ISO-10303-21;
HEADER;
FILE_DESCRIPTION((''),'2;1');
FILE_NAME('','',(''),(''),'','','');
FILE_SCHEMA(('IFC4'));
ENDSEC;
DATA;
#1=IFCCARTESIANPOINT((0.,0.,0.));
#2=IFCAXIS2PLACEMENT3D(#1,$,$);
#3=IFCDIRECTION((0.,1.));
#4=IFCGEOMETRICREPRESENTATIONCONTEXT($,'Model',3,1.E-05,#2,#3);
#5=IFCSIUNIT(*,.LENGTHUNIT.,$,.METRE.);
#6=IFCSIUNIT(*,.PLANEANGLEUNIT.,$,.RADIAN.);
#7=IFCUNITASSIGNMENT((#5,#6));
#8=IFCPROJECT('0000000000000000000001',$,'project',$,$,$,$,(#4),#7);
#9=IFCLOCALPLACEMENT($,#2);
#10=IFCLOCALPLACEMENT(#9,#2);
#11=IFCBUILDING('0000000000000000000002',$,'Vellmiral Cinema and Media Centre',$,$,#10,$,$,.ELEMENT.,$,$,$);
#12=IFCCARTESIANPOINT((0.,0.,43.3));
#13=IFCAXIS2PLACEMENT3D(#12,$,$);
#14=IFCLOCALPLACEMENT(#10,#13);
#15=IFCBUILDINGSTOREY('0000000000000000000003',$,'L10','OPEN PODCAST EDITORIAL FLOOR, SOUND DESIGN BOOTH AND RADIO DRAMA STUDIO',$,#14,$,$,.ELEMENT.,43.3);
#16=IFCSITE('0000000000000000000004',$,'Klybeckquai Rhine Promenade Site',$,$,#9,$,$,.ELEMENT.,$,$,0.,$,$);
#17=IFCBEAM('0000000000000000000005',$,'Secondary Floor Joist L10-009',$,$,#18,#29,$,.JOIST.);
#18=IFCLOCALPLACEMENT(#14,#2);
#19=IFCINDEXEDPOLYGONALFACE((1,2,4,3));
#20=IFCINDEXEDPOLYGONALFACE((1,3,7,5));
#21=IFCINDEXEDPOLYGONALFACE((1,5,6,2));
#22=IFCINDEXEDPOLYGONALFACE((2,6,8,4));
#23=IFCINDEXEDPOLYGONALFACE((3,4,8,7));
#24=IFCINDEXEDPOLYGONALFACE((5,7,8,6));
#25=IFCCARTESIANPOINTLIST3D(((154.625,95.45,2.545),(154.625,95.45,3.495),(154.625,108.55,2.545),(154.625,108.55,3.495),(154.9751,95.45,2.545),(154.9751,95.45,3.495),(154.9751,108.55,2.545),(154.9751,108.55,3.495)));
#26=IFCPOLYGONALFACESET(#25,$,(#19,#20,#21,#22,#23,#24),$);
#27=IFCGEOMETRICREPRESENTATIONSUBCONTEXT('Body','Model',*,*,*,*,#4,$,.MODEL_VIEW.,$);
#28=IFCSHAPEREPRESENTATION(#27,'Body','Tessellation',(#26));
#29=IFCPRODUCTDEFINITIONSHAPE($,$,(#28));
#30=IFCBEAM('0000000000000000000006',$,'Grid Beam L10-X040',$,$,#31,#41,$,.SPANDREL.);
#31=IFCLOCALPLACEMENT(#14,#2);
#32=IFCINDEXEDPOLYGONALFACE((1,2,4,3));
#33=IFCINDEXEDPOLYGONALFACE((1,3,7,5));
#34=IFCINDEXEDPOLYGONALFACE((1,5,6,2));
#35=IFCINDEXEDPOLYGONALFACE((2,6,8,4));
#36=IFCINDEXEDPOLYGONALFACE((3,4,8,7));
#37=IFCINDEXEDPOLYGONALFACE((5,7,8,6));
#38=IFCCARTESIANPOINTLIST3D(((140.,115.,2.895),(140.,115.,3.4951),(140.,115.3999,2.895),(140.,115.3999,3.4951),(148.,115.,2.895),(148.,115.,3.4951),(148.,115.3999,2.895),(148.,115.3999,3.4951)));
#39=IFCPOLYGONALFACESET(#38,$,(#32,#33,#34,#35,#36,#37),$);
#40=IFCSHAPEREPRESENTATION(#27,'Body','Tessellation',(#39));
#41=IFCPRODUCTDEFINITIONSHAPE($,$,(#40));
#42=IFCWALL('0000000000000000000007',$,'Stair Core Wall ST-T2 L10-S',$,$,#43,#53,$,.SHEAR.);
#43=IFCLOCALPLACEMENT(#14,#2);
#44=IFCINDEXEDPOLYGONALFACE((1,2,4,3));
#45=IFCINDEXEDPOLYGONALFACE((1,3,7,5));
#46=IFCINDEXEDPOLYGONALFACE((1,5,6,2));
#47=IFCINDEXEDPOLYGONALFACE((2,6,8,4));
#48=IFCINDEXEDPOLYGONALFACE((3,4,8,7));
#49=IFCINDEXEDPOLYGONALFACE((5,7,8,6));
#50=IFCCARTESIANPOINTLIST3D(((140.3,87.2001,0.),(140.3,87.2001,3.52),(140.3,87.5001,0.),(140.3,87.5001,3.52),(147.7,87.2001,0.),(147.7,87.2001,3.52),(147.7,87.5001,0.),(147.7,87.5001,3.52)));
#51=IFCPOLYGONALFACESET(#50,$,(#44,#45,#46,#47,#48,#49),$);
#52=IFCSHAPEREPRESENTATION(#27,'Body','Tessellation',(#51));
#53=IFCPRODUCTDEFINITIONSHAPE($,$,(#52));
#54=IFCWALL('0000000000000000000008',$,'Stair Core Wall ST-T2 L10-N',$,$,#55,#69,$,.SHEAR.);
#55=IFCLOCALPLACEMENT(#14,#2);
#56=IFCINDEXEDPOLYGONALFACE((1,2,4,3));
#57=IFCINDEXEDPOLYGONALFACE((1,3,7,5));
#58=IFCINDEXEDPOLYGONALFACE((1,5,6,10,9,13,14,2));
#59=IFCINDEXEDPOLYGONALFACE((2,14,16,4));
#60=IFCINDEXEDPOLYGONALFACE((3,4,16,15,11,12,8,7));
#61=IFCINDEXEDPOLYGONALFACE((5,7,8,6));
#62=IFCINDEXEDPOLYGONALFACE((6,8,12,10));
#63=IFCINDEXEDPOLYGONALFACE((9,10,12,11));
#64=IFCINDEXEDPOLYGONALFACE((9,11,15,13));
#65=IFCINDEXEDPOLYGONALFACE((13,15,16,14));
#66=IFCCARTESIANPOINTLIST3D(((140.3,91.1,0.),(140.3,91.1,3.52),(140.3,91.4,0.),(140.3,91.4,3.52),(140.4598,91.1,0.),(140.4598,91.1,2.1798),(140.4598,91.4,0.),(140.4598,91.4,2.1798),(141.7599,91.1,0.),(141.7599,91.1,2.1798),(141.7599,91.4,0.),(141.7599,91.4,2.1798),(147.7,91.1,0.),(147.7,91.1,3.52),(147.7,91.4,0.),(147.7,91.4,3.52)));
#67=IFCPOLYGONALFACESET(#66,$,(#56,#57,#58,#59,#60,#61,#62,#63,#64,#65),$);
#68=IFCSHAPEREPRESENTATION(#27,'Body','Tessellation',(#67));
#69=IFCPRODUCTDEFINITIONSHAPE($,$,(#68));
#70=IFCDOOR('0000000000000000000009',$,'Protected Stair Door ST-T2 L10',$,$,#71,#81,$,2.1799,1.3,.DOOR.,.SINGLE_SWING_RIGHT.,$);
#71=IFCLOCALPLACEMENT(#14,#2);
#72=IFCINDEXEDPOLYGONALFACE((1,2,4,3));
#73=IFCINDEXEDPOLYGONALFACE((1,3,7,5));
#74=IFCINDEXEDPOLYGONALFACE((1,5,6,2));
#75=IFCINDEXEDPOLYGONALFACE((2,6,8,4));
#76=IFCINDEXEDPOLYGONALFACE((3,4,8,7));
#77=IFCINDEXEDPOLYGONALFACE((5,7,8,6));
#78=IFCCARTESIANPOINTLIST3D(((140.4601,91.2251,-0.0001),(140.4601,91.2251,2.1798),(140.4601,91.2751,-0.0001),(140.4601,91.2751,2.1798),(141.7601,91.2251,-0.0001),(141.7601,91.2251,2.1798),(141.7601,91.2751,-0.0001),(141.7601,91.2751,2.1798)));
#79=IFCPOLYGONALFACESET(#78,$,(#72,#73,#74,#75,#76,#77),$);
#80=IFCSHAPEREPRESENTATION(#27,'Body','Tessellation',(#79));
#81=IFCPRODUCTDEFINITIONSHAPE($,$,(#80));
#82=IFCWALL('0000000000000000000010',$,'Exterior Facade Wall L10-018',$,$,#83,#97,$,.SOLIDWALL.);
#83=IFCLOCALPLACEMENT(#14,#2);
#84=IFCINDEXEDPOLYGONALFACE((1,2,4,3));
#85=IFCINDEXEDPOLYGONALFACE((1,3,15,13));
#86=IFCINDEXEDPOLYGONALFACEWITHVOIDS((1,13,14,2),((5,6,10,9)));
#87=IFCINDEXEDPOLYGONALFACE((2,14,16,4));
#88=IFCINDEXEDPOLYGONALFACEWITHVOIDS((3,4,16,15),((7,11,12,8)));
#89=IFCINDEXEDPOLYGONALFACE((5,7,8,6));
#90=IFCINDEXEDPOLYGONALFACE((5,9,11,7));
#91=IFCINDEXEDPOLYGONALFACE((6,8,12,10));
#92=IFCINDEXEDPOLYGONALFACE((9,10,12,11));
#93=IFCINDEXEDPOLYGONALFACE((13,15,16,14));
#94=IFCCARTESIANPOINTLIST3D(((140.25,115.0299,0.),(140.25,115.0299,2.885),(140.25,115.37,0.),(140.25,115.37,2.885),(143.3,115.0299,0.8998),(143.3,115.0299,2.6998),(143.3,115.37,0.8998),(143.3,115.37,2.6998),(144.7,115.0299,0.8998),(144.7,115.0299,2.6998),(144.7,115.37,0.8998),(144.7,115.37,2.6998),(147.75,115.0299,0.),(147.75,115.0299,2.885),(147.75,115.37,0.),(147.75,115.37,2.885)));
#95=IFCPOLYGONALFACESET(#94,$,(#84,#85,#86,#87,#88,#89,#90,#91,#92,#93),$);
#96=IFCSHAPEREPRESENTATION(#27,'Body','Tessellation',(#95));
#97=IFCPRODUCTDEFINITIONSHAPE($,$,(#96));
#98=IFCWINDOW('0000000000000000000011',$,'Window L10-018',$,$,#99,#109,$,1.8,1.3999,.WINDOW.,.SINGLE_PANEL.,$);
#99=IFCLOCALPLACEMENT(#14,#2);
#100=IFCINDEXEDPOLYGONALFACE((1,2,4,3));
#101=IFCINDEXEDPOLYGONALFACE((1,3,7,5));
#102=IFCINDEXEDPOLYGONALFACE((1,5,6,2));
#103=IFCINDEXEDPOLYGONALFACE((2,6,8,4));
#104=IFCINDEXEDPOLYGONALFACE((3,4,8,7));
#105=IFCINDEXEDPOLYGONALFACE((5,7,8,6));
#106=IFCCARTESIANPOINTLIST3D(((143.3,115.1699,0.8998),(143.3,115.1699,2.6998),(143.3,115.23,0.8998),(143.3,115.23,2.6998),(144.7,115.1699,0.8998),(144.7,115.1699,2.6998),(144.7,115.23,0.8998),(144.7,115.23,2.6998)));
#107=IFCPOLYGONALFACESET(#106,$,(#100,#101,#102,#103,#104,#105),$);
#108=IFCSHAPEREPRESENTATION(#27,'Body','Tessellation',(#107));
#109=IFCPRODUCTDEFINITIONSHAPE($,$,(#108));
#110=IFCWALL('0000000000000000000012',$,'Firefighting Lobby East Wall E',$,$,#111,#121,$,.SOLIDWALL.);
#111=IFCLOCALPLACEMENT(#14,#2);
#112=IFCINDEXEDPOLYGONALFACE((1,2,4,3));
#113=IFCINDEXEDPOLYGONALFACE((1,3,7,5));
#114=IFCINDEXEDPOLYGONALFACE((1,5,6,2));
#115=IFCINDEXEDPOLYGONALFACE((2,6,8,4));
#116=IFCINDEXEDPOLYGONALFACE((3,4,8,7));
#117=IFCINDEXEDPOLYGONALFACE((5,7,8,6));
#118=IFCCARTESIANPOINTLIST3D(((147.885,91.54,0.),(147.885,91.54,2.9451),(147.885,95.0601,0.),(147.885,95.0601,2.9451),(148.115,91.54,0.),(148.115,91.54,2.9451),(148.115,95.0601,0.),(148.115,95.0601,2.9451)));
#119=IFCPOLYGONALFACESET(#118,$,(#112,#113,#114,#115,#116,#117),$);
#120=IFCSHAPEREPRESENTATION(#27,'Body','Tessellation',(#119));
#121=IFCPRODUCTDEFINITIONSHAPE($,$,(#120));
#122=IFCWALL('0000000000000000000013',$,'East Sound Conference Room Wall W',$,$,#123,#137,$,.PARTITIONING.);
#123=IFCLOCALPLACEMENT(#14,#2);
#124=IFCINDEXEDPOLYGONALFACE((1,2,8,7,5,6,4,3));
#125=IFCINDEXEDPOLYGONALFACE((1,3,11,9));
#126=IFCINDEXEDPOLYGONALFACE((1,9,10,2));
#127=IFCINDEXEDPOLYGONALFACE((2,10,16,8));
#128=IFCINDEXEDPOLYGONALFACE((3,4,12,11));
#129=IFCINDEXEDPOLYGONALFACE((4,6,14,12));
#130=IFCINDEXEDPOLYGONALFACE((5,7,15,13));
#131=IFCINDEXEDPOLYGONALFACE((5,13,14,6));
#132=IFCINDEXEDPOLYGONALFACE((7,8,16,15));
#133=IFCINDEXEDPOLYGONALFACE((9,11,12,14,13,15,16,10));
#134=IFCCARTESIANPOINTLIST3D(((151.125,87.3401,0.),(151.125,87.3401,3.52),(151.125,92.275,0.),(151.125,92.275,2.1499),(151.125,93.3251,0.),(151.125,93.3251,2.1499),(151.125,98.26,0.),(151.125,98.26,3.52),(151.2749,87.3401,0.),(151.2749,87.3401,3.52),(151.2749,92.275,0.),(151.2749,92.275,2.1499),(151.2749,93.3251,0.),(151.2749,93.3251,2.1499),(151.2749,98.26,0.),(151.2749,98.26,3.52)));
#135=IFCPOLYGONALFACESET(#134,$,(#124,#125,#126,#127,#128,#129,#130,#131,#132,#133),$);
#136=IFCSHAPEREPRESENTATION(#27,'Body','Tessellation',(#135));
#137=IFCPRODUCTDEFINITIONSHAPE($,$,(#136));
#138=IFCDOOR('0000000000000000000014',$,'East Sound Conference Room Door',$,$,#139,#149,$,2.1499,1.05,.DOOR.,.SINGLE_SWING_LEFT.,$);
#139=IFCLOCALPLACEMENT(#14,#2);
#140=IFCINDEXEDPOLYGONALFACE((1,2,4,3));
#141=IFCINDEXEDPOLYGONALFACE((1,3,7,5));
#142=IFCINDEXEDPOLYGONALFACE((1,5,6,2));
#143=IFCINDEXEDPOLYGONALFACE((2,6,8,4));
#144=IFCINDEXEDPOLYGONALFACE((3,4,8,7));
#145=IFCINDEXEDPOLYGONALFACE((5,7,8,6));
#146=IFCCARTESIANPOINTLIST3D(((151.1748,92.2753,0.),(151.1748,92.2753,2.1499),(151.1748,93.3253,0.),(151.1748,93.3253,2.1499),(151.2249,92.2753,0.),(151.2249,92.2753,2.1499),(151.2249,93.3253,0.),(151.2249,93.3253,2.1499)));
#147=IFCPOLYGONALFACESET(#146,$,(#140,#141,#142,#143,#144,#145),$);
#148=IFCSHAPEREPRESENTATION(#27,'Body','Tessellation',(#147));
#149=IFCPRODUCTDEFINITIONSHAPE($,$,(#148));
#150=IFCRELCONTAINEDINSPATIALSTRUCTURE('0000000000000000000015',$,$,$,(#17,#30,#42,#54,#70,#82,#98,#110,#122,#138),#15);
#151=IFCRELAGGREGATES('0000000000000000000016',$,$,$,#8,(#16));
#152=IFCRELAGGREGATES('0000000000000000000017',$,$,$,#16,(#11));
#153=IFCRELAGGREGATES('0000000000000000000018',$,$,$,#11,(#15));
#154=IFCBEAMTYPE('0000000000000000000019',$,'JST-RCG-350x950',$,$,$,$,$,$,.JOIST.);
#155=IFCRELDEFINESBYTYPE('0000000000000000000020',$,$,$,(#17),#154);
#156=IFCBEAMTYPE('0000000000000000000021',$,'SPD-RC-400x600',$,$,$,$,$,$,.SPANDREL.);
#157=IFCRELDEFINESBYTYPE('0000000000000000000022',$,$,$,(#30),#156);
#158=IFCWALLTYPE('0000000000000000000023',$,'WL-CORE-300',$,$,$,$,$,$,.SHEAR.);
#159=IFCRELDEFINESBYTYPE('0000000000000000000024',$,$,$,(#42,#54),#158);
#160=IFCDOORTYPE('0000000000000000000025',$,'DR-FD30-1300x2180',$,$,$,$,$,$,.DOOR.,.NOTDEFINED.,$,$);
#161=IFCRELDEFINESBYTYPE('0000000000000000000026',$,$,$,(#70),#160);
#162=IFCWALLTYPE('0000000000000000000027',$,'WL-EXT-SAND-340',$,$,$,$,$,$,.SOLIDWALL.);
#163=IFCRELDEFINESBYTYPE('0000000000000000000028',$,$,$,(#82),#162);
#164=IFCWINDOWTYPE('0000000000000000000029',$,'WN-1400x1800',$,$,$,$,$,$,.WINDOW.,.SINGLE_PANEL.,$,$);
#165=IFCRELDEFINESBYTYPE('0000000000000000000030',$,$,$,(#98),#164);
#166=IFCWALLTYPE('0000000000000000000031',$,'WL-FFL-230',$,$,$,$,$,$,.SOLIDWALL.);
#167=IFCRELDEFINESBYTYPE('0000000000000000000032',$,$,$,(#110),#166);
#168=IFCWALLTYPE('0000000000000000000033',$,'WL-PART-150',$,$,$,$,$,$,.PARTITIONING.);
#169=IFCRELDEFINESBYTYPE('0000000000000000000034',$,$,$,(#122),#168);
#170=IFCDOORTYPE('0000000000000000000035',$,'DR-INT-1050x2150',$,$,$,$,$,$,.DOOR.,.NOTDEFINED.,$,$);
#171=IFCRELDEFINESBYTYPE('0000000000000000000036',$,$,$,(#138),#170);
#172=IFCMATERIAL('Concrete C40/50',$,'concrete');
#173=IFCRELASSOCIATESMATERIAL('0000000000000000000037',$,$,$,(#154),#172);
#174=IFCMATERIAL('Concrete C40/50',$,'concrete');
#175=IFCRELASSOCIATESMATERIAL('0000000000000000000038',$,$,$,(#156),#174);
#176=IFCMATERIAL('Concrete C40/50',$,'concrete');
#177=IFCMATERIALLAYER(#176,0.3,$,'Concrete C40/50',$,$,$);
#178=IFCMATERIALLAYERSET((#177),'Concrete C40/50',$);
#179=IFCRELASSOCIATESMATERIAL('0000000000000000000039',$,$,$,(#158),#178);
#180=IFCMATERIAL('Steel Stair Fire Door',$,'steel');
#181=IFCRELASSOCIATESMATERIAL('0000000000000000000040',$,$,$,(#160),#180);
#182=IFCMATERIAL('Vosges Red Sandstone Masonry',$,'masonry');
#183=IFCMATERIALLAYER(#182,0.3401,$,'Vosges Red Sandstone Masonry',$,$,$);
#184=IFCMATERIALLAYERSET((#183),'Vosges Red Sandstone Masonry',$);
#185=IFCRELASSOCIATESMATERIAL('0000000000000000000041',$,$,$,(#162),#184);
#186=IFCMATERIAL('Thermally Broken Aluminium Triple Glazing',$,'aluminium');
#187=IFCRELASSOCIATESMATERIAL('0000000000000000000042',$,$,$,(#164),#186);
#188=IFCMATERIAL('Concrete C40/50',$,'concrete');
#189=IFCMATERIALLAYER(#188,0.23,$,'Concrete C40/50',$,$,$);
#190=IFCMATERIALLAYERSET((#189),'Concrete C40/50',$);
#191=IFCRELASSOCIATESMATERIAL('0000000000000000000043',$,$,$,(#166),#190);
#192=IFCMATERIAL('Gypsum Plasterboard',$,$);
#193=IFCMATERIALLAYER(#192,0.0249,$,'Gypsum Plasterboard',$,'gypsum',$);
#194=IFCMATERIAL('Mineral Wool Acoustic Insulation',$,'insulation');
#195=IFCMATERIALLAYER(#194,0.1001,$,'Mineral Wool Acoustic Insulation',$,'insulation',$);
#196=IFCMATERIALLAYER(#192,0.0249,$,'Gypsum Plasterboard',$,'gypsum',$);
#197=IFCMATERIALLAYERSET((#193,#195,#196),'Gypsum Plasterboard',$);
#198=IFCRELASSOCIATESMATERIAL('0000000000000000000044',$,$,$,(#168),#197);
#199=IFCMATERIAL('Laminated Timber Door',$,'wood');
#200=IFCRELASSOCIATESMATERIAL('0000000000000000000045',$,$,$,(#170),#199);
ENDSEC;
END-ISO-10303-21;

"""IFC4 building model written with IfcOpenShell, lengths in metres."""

from ifc_helpers import new_model, si_unit, direction, frame, frame_2d, origin, origin_2d, place, context, subcontext, project, spatial, rectangle, extrude, material, layer, layer_set, material_profile, profile_set, type_object, element, fill, save


model = new_model("IFC4")

# Units and contexts
model_context = context("Model", 3, precision=1e-05, world=origin(), true_north=direction((0.0, 1.0)))
body_context = subcontext(model_context, "Body", "Model", "MODEL_VIEW")
ifc_project = project(units=[si_unit("LENGTHUNIT", "METRE"), si_unit("PLANEANGLEUNIT", "RADIAN")], contexts=[model_context])

# Site, building, storey
site_placement = place(None, origin())
site = spatial("IfcSite", under=ifc_project, at=site_placement, Name="Klybeckquai Rhine Promenade Site", CompositionType="ELEMENT", RefElevation=0.0)
building_placement = place(site_placement, origin())
building = spatial("IfcBuilding", under=site, at=building_placement, Name="Vellmiral Cinema and Media Centre", CompositionType="ELEMENT")
storey_placement = place(building_placement, frame((0.0, 0.0, 43.3)))
storey = spatial("IfcBuildingStorey", under=building, at=storey_placement, Name="L10", Description="OPEN PODCAST EDITORIAL FLOOR, SOUND DESIGN BOOTH AND RADIO DRAMA STUDIO", CompositionType="ELEMENT", Elevation=43.3)

# Beams
ifc_material_1 = material(Name="Concrete C40/50", Category="concrete")
ifc_material_profile_1 = material_profile(ifc_material_1, rectangle(XDim=0.3501, YDim=0.95, at=origin_2d()), Name="RC 350x950")
ifc_profile_set_1 = profile_set([ifc_material_profile_1], Name="Concrete C40/50")
beam_type_1 = type_object("IfcBeamType", Name="JST-RCG-350x950", PredefinedType="JOIST", material=ifc_profile_set_1)
beam_1_placement = place(storey_placement, frame((154.8, 95.45, 3.02), z_axis=(0.0, 1.0, 0.0), x_axis=(-1.0, 0.0, 0.0)))
element("IfcBeam", 1, at=beam_1_placement, inside=storey, type_object=beam_type_1, Name="Secondary Floor Joist L10-009", PredefinedType="JOIST", context=body_context, shape_type="SweptSolid", body=[
    extrude(rectangle(XDim=0.3501, YDim=0.95, at=origin_2d()), origin(), (0.0, 0.0, 1.0), 13.1001),
])
ifc_material_2 = material(Name="Concrete C40/50", Category="concrete")
ifc_material_profile_2 = material_profile(ifc_material_2, rectangle(XDim=0.3999, YDim=0.6001, at=origin_2d()), Name="RC 400x600")
ifc_profile_set_2 = profile_set([ifc_material_profile_2], Name="Concrete C40/50")
beam_type_2 = type_object("IfcBeamType", Name="SPD-RC-400x600", PredefinedType="SPANDREL", material=ifc_profile_set_2)
beam_2_placement = place(storey_placement, frame((140.0, 115.2, 3.1951), z_axis=(1.0, 0.0, 0.0), x_axis=(0.0, 1.0, 0.0)))
element("IfcBeam", 2, at=beam_2_placement, inside=storey, type_object=beam_type_2, Name="Grid Beam L10-X040", PredefinedType="SPANDREL", context=body_context, shape_type="SweptSolid", body=[
    extrude(rectangle(XDim=0.3999, YDim=0.6001, at=origin_2d()), origin(), (0.0, 0.0, 1.0), 8.0),
])

# Wall
ifc_material_3 = material(Name="Concrete C40/50", Category="concrete")
ifc_layer_1 = layer(ifc_material_3, 0.3, Name="Concrete C40/50")
ifc_layer_set_1 = layer_set([ifc_layer_1], Name="Concrete C40/50")
wall_type_1 = type_object("IfcWallType", Name="WL-CORE-300", PredefinedType="SHEAR", material=ifc_layer_set_1)
wall_1_placement = place(storey_placement, frame((140.3, 87.3501, 0.0), z_axis=(0.0, 0.0, 1.0), x_axis=(1.0, 0.0, 0.0)))
element("IfcWall", 3, at=wall_1_placement, inside=storey, type_object=wall_type_1, Name="Stair Core Wall ST-T2 L10-S", PredefinedType="SHEAR", context=body_context, shape_type="SweptSolid", body=[
    extrude(rectangle(XDim=7.3999, YDim=0.3, at=frame_2d((3.7, 0.0))), origin(), (0.0, 0.0, 1.0), 3.52),
])

# Wall, opening, door
wall_2_placement = place(storey_placement, frame((140.3, 91.25, 0.0), z_axis=(0.0, 0.0, 1.0), x_axis=(1.0, 0.0, 0.0)))
wall_2 = element("IfcWall", 4, at=wall_2_placement, inside=storey, type_object=wall_type_1, Name="Stair Core Wall ST-T2 L10-N", PredefinedType="SHEAR", context=body_context, shape_type="SweptSolid", body=[
    extrude(rectangle(XDim=7.3999, YDim=0.3, at=frame_2d((3.7, 0.0))), origin(), (0.0, 0.0, 1.0), 3.52),
])
opening_1_placement = place(wall_2_placement, frame((0.1599, 0.0, 0.0)))
opening_1 = element("IfcOpeningElement", 5, at=opening_1_placement, cuts=wall_2, PredefinedType="OPENING", context=body_context, shape_type="SweptSolid", body=[
    extrude(rectangle(XDim=1.3, YDim=2.1799, at=frame_2d((0.6499, 1.0898))), frame((0.0, 0.1621, 0.0), z_axis=(0.0, -1.0, 0.0), x_axis=(1.0, 0.0, 0.0)), (0.0, 0.0, 1.0), 0.324),
])
ifc_material_4 = material(Name="Steel Stair Fire Door", Category="steel")
door_type_1 = type_object("IfcDoorType", Name="DR-FD30-1300x2180", OperationType="NOTDEFINED", PredefinedType="DOOR", material=ifc_material_4)
door_1_placement = place(opening_1_placement, frame((1.3, 0.0, 0.0), z_axis=(0.0, 0.0, 1.0), x_axis=(-1.0, 0.0, 0.0)))
door_1 = element("IfcDoor", 6, at=door_1_placement, inside=storey, type_object=door_type_1, Name="Protected Stair Door ST-T2 L10", OperationType="SINGLE_SWING_RIGHT", OverallHeight=2.1799, OverallWidth=1.3, PredefinedType="DOOR", context=body_context, shape_type="SweptSolid", body=[
    extrude(rectangle(XDim=1.3, YDim=2.1799, at=frame_2d((0.6499, 1.0898))), frame((0.0, 0.0249, 0.0), z_axis=(0.0, -1.0, 0.0), x_axis=(1.0, 0.0, 0.0)), (0.0, 0.0, 1.0), 0.05),
])
fill(opening_1, door_1)

# Wall, opening, window
ifc_material_5 = material(Name="Vosges Red Sandstone Masonry", Category="masonry")
ifc_layer_2 = layer(ifc_material_5, 0.3401, Name="Vosges Red Sandstone Masonry")
ifc_layer_set_2 = layer_set([ifc_layer_2], Name="Vosges Red Sandstone Masonry")
wall_type_2 = type_object("IfcWallType", Name="WL-EXT-SAND-340", PredefinedType="SOLIDWALL", material=ifc_layer_set_2)
wall_3_placement = place(storey_placement, frame((147.75, 115.2, 0.0), z_axis=(0.0, 0.0, 1.0), x_axis=(-1.0, 0.0, 0.0)))
wall_3 = element("IfcWall", 7, at=wall_3_placement, inside=storey, type_object=wall_type_2, Name="Exterior Facade Wall L10-018", PredefinedType="SOLIDWALL", context=body_context, shape_type="SweptSolid", body=[
    extrude(rectangle(XDim=7.5, YDim=0.3401, at=frame_2d((3.75, 0.0))), origin(), (0.0, 0.0, 1.0), 2.885),
])
opening_2_placement = place(wall_3_placement, frame((3.05, 0.0, 0.8999)))
opening_2 = element("IfcOpeningElement", 8, at=opening_2_placement, cuts=wall_3, PredefinedType="OPENING", context=body_context, shape_type="SweptSolid", body=[
    extrude(rectangle(XDim=1.3999, YDim=1.8, at=frame_2d((0.7, 0.8999))), frame((0.0, 0.1821, 0.0), z_axis=(0.0, -1.0, 0.0), x_axis=(1.0, 0.0, 0.0)), (0.0, 0.0, 1.0), 0.364),
])
ifc_material_6 = material(Name="Thermally Broken Aluminium Triple Glazing", Category="aluminium")
window_type = type_object("IfcWindowType", Name="WN-1400x1800", PartitioningType="SINGLE_PANEL", PredefinedType="WINDOW", material=ifc_material_6)
window_placement = place(opening_2_placement, origin())
window = element("IfcWindow", 9, at=window_placement, inside=storey, type_object=window_type, Name="Window L10-018", OverallHeight=1.8, OverallWidth=1.3999, PartitioningType="SINGLE_PANEL", PredefinedType="WINDOW", context=body_context, shape_type="SweptSolid", body=[
    extrude(rectangle(XDim=1.3999, YDim=1.8, at=frame_2d((0.7, 0.8999))), frame((0.0, 0.03, 0.0), z_axis=(0.0, -1.0, 0.0), x_axis=(1.0, 0.0, 0.0)), (0.0, 0.0, 1.0), 0.0601),
])
fill(opening_2, window)

# Wall
ifc_material_7 = material(Name="Concrete C40/50", Category="concrete")
ifc_layer_3 = layer(ifc_material_7, 0.23, Name="Concrete C40/50")
ifc_layer_set_3 = layer_set([ifc_layer_3], Name="Concrete C40/50")
wall_type_3 = type_object("IfcWallType", Name="WL-FFL-230", PredefinedType="SOLIDWALL", material=ifc_layer_set_3)
wall_4_placement = place(storey_placement, frame((148.0, 91.54, 0.0), z_axis=(0.0, 0.0, 1.0), x_axis=(0.0, 1.0, 0.0)))
element("IfcWall", 10, at=wall_4_placement, inside=storey, type_object=wall_type_3, Name="Firefighting Lobby East Wall E", PredefinedType="SOLIDWALL", context=body_context, shape_type="SweptSolid", body=[
    extrude(rectangle(XDim=3.52, YDim=0.23, at=frame_2d((1.76, 0.0))), origin(), (0.0, 0.0, 1.0), 2.9451),
])

# Wall, opening, door
ifc_material_8 = material(Name="Gypsum Plasterboard")
ifc_layer_4 = layer(ifc_material_8, 0.0249, Name="Gypsum Plasterboard", Category="gypsum")
ifc_material_9 = material(Name="Mineral Wool Acoustic Insulation", Category="insulation")
ifc_layer_5 = layer(ifc_material_9, 0.1001, Name="Mineral Wool Acoustic Insulation", Category="insulation")
ifc_layer_6 = layer(ifc_material_8, 0.0249, Name="Gypsum Plasterboard", Category="gypsum")
ifc_layer_set_4 = layer_set([ifc_layer_4, ifc_layer_5, ifc_layer_6], Name="Gypsum Plasterboard")
wall_type_4 = type_object("IfcWallType", Name="WL-PART-150", PredefinedType="PARTITIONING", material=ifc_layer_set_4)
wall_5_placement = place(storey_placement, frame((151.2, 87.3401, 0.0), z_axis=(0.0, 0.0, 1.0), x_axis=(0.0, 1.0, 0.0)))
wall_5 = element("IfcWall", 11, at=wall_5_placement, inside=storey, type_object=wall_type_4, Name="East Sound Conference Room Wall W", PredefinedType="PARTITIONING", context=body_context, shape_type="SweptSolid", body=[
    extrude(rectangle(XDim=10.9199, YDim=0.1499, at=frame_2d((5.46, 0.0))), origin(), (0.0, 0.0, 1.0), 3.52),
])
opening_3_placement = place(wall_5_placement, frame((4.9351, 0.0, 0.0)))
opening_3 = element("IfcOpeningElement", 12, at=opening_3_placement, cuts=wall_5, PredefinedType="OPENING", context=body_context, shape_type="SweptSolid", body=[
    extrude(rectangle(XDim=1.05, YDim=2.1499, at=frame_2d((0.5249, 1.075))), frame((0.0, 0.0869, 0.0), z_axis=(0.0, -1.0, 0.0), x_axis=(1.0, 0.0, 0.0)), (0.0, 0.0, 1.0), 0.1738),
])
ifc_material_10 = material(Name="Laminated Timber Door", Category="wood")
door_type_2 = type_object("IfcDoorType", Name="DR-INT-1050x2150", OperationType="NOTDEFINED", PredefinedType="DOOR", material=ifc_material_10)
door_2_placement = place(opening_3_placement, frame((1.05, 0.0, 0.0), z_axis=(0.0, 0.0, 1.0), x_axis=(-1.0, 0.0, 0.0)))
door_2 = element("IfcDoor", 13, at=door_2_placement, inside=storey, type_object=door_type_2, Name="East Sound Conference Room Door", OperationType="SINGLE_SWING_LEFT", OverallHeight=2.1499, OverallWidth=1.05, PredefinedType="DOOR", context=body_context, shape_type="SweptSolid", body=[
    extrude(rectangle(XDim=1.05, YDim=2.1499, at=frame_2d((0.5249, 1.075))), frame((0.0, 0.0249, 0.0), z_axis=(0.0, -1.0, 0.0), x_axis=(1.0, 0.0, 0.0)), (0.0, 0.0, 1.0), 0.05),
])
fill(opening_3, door_2)

save(model, "model.ifc")
